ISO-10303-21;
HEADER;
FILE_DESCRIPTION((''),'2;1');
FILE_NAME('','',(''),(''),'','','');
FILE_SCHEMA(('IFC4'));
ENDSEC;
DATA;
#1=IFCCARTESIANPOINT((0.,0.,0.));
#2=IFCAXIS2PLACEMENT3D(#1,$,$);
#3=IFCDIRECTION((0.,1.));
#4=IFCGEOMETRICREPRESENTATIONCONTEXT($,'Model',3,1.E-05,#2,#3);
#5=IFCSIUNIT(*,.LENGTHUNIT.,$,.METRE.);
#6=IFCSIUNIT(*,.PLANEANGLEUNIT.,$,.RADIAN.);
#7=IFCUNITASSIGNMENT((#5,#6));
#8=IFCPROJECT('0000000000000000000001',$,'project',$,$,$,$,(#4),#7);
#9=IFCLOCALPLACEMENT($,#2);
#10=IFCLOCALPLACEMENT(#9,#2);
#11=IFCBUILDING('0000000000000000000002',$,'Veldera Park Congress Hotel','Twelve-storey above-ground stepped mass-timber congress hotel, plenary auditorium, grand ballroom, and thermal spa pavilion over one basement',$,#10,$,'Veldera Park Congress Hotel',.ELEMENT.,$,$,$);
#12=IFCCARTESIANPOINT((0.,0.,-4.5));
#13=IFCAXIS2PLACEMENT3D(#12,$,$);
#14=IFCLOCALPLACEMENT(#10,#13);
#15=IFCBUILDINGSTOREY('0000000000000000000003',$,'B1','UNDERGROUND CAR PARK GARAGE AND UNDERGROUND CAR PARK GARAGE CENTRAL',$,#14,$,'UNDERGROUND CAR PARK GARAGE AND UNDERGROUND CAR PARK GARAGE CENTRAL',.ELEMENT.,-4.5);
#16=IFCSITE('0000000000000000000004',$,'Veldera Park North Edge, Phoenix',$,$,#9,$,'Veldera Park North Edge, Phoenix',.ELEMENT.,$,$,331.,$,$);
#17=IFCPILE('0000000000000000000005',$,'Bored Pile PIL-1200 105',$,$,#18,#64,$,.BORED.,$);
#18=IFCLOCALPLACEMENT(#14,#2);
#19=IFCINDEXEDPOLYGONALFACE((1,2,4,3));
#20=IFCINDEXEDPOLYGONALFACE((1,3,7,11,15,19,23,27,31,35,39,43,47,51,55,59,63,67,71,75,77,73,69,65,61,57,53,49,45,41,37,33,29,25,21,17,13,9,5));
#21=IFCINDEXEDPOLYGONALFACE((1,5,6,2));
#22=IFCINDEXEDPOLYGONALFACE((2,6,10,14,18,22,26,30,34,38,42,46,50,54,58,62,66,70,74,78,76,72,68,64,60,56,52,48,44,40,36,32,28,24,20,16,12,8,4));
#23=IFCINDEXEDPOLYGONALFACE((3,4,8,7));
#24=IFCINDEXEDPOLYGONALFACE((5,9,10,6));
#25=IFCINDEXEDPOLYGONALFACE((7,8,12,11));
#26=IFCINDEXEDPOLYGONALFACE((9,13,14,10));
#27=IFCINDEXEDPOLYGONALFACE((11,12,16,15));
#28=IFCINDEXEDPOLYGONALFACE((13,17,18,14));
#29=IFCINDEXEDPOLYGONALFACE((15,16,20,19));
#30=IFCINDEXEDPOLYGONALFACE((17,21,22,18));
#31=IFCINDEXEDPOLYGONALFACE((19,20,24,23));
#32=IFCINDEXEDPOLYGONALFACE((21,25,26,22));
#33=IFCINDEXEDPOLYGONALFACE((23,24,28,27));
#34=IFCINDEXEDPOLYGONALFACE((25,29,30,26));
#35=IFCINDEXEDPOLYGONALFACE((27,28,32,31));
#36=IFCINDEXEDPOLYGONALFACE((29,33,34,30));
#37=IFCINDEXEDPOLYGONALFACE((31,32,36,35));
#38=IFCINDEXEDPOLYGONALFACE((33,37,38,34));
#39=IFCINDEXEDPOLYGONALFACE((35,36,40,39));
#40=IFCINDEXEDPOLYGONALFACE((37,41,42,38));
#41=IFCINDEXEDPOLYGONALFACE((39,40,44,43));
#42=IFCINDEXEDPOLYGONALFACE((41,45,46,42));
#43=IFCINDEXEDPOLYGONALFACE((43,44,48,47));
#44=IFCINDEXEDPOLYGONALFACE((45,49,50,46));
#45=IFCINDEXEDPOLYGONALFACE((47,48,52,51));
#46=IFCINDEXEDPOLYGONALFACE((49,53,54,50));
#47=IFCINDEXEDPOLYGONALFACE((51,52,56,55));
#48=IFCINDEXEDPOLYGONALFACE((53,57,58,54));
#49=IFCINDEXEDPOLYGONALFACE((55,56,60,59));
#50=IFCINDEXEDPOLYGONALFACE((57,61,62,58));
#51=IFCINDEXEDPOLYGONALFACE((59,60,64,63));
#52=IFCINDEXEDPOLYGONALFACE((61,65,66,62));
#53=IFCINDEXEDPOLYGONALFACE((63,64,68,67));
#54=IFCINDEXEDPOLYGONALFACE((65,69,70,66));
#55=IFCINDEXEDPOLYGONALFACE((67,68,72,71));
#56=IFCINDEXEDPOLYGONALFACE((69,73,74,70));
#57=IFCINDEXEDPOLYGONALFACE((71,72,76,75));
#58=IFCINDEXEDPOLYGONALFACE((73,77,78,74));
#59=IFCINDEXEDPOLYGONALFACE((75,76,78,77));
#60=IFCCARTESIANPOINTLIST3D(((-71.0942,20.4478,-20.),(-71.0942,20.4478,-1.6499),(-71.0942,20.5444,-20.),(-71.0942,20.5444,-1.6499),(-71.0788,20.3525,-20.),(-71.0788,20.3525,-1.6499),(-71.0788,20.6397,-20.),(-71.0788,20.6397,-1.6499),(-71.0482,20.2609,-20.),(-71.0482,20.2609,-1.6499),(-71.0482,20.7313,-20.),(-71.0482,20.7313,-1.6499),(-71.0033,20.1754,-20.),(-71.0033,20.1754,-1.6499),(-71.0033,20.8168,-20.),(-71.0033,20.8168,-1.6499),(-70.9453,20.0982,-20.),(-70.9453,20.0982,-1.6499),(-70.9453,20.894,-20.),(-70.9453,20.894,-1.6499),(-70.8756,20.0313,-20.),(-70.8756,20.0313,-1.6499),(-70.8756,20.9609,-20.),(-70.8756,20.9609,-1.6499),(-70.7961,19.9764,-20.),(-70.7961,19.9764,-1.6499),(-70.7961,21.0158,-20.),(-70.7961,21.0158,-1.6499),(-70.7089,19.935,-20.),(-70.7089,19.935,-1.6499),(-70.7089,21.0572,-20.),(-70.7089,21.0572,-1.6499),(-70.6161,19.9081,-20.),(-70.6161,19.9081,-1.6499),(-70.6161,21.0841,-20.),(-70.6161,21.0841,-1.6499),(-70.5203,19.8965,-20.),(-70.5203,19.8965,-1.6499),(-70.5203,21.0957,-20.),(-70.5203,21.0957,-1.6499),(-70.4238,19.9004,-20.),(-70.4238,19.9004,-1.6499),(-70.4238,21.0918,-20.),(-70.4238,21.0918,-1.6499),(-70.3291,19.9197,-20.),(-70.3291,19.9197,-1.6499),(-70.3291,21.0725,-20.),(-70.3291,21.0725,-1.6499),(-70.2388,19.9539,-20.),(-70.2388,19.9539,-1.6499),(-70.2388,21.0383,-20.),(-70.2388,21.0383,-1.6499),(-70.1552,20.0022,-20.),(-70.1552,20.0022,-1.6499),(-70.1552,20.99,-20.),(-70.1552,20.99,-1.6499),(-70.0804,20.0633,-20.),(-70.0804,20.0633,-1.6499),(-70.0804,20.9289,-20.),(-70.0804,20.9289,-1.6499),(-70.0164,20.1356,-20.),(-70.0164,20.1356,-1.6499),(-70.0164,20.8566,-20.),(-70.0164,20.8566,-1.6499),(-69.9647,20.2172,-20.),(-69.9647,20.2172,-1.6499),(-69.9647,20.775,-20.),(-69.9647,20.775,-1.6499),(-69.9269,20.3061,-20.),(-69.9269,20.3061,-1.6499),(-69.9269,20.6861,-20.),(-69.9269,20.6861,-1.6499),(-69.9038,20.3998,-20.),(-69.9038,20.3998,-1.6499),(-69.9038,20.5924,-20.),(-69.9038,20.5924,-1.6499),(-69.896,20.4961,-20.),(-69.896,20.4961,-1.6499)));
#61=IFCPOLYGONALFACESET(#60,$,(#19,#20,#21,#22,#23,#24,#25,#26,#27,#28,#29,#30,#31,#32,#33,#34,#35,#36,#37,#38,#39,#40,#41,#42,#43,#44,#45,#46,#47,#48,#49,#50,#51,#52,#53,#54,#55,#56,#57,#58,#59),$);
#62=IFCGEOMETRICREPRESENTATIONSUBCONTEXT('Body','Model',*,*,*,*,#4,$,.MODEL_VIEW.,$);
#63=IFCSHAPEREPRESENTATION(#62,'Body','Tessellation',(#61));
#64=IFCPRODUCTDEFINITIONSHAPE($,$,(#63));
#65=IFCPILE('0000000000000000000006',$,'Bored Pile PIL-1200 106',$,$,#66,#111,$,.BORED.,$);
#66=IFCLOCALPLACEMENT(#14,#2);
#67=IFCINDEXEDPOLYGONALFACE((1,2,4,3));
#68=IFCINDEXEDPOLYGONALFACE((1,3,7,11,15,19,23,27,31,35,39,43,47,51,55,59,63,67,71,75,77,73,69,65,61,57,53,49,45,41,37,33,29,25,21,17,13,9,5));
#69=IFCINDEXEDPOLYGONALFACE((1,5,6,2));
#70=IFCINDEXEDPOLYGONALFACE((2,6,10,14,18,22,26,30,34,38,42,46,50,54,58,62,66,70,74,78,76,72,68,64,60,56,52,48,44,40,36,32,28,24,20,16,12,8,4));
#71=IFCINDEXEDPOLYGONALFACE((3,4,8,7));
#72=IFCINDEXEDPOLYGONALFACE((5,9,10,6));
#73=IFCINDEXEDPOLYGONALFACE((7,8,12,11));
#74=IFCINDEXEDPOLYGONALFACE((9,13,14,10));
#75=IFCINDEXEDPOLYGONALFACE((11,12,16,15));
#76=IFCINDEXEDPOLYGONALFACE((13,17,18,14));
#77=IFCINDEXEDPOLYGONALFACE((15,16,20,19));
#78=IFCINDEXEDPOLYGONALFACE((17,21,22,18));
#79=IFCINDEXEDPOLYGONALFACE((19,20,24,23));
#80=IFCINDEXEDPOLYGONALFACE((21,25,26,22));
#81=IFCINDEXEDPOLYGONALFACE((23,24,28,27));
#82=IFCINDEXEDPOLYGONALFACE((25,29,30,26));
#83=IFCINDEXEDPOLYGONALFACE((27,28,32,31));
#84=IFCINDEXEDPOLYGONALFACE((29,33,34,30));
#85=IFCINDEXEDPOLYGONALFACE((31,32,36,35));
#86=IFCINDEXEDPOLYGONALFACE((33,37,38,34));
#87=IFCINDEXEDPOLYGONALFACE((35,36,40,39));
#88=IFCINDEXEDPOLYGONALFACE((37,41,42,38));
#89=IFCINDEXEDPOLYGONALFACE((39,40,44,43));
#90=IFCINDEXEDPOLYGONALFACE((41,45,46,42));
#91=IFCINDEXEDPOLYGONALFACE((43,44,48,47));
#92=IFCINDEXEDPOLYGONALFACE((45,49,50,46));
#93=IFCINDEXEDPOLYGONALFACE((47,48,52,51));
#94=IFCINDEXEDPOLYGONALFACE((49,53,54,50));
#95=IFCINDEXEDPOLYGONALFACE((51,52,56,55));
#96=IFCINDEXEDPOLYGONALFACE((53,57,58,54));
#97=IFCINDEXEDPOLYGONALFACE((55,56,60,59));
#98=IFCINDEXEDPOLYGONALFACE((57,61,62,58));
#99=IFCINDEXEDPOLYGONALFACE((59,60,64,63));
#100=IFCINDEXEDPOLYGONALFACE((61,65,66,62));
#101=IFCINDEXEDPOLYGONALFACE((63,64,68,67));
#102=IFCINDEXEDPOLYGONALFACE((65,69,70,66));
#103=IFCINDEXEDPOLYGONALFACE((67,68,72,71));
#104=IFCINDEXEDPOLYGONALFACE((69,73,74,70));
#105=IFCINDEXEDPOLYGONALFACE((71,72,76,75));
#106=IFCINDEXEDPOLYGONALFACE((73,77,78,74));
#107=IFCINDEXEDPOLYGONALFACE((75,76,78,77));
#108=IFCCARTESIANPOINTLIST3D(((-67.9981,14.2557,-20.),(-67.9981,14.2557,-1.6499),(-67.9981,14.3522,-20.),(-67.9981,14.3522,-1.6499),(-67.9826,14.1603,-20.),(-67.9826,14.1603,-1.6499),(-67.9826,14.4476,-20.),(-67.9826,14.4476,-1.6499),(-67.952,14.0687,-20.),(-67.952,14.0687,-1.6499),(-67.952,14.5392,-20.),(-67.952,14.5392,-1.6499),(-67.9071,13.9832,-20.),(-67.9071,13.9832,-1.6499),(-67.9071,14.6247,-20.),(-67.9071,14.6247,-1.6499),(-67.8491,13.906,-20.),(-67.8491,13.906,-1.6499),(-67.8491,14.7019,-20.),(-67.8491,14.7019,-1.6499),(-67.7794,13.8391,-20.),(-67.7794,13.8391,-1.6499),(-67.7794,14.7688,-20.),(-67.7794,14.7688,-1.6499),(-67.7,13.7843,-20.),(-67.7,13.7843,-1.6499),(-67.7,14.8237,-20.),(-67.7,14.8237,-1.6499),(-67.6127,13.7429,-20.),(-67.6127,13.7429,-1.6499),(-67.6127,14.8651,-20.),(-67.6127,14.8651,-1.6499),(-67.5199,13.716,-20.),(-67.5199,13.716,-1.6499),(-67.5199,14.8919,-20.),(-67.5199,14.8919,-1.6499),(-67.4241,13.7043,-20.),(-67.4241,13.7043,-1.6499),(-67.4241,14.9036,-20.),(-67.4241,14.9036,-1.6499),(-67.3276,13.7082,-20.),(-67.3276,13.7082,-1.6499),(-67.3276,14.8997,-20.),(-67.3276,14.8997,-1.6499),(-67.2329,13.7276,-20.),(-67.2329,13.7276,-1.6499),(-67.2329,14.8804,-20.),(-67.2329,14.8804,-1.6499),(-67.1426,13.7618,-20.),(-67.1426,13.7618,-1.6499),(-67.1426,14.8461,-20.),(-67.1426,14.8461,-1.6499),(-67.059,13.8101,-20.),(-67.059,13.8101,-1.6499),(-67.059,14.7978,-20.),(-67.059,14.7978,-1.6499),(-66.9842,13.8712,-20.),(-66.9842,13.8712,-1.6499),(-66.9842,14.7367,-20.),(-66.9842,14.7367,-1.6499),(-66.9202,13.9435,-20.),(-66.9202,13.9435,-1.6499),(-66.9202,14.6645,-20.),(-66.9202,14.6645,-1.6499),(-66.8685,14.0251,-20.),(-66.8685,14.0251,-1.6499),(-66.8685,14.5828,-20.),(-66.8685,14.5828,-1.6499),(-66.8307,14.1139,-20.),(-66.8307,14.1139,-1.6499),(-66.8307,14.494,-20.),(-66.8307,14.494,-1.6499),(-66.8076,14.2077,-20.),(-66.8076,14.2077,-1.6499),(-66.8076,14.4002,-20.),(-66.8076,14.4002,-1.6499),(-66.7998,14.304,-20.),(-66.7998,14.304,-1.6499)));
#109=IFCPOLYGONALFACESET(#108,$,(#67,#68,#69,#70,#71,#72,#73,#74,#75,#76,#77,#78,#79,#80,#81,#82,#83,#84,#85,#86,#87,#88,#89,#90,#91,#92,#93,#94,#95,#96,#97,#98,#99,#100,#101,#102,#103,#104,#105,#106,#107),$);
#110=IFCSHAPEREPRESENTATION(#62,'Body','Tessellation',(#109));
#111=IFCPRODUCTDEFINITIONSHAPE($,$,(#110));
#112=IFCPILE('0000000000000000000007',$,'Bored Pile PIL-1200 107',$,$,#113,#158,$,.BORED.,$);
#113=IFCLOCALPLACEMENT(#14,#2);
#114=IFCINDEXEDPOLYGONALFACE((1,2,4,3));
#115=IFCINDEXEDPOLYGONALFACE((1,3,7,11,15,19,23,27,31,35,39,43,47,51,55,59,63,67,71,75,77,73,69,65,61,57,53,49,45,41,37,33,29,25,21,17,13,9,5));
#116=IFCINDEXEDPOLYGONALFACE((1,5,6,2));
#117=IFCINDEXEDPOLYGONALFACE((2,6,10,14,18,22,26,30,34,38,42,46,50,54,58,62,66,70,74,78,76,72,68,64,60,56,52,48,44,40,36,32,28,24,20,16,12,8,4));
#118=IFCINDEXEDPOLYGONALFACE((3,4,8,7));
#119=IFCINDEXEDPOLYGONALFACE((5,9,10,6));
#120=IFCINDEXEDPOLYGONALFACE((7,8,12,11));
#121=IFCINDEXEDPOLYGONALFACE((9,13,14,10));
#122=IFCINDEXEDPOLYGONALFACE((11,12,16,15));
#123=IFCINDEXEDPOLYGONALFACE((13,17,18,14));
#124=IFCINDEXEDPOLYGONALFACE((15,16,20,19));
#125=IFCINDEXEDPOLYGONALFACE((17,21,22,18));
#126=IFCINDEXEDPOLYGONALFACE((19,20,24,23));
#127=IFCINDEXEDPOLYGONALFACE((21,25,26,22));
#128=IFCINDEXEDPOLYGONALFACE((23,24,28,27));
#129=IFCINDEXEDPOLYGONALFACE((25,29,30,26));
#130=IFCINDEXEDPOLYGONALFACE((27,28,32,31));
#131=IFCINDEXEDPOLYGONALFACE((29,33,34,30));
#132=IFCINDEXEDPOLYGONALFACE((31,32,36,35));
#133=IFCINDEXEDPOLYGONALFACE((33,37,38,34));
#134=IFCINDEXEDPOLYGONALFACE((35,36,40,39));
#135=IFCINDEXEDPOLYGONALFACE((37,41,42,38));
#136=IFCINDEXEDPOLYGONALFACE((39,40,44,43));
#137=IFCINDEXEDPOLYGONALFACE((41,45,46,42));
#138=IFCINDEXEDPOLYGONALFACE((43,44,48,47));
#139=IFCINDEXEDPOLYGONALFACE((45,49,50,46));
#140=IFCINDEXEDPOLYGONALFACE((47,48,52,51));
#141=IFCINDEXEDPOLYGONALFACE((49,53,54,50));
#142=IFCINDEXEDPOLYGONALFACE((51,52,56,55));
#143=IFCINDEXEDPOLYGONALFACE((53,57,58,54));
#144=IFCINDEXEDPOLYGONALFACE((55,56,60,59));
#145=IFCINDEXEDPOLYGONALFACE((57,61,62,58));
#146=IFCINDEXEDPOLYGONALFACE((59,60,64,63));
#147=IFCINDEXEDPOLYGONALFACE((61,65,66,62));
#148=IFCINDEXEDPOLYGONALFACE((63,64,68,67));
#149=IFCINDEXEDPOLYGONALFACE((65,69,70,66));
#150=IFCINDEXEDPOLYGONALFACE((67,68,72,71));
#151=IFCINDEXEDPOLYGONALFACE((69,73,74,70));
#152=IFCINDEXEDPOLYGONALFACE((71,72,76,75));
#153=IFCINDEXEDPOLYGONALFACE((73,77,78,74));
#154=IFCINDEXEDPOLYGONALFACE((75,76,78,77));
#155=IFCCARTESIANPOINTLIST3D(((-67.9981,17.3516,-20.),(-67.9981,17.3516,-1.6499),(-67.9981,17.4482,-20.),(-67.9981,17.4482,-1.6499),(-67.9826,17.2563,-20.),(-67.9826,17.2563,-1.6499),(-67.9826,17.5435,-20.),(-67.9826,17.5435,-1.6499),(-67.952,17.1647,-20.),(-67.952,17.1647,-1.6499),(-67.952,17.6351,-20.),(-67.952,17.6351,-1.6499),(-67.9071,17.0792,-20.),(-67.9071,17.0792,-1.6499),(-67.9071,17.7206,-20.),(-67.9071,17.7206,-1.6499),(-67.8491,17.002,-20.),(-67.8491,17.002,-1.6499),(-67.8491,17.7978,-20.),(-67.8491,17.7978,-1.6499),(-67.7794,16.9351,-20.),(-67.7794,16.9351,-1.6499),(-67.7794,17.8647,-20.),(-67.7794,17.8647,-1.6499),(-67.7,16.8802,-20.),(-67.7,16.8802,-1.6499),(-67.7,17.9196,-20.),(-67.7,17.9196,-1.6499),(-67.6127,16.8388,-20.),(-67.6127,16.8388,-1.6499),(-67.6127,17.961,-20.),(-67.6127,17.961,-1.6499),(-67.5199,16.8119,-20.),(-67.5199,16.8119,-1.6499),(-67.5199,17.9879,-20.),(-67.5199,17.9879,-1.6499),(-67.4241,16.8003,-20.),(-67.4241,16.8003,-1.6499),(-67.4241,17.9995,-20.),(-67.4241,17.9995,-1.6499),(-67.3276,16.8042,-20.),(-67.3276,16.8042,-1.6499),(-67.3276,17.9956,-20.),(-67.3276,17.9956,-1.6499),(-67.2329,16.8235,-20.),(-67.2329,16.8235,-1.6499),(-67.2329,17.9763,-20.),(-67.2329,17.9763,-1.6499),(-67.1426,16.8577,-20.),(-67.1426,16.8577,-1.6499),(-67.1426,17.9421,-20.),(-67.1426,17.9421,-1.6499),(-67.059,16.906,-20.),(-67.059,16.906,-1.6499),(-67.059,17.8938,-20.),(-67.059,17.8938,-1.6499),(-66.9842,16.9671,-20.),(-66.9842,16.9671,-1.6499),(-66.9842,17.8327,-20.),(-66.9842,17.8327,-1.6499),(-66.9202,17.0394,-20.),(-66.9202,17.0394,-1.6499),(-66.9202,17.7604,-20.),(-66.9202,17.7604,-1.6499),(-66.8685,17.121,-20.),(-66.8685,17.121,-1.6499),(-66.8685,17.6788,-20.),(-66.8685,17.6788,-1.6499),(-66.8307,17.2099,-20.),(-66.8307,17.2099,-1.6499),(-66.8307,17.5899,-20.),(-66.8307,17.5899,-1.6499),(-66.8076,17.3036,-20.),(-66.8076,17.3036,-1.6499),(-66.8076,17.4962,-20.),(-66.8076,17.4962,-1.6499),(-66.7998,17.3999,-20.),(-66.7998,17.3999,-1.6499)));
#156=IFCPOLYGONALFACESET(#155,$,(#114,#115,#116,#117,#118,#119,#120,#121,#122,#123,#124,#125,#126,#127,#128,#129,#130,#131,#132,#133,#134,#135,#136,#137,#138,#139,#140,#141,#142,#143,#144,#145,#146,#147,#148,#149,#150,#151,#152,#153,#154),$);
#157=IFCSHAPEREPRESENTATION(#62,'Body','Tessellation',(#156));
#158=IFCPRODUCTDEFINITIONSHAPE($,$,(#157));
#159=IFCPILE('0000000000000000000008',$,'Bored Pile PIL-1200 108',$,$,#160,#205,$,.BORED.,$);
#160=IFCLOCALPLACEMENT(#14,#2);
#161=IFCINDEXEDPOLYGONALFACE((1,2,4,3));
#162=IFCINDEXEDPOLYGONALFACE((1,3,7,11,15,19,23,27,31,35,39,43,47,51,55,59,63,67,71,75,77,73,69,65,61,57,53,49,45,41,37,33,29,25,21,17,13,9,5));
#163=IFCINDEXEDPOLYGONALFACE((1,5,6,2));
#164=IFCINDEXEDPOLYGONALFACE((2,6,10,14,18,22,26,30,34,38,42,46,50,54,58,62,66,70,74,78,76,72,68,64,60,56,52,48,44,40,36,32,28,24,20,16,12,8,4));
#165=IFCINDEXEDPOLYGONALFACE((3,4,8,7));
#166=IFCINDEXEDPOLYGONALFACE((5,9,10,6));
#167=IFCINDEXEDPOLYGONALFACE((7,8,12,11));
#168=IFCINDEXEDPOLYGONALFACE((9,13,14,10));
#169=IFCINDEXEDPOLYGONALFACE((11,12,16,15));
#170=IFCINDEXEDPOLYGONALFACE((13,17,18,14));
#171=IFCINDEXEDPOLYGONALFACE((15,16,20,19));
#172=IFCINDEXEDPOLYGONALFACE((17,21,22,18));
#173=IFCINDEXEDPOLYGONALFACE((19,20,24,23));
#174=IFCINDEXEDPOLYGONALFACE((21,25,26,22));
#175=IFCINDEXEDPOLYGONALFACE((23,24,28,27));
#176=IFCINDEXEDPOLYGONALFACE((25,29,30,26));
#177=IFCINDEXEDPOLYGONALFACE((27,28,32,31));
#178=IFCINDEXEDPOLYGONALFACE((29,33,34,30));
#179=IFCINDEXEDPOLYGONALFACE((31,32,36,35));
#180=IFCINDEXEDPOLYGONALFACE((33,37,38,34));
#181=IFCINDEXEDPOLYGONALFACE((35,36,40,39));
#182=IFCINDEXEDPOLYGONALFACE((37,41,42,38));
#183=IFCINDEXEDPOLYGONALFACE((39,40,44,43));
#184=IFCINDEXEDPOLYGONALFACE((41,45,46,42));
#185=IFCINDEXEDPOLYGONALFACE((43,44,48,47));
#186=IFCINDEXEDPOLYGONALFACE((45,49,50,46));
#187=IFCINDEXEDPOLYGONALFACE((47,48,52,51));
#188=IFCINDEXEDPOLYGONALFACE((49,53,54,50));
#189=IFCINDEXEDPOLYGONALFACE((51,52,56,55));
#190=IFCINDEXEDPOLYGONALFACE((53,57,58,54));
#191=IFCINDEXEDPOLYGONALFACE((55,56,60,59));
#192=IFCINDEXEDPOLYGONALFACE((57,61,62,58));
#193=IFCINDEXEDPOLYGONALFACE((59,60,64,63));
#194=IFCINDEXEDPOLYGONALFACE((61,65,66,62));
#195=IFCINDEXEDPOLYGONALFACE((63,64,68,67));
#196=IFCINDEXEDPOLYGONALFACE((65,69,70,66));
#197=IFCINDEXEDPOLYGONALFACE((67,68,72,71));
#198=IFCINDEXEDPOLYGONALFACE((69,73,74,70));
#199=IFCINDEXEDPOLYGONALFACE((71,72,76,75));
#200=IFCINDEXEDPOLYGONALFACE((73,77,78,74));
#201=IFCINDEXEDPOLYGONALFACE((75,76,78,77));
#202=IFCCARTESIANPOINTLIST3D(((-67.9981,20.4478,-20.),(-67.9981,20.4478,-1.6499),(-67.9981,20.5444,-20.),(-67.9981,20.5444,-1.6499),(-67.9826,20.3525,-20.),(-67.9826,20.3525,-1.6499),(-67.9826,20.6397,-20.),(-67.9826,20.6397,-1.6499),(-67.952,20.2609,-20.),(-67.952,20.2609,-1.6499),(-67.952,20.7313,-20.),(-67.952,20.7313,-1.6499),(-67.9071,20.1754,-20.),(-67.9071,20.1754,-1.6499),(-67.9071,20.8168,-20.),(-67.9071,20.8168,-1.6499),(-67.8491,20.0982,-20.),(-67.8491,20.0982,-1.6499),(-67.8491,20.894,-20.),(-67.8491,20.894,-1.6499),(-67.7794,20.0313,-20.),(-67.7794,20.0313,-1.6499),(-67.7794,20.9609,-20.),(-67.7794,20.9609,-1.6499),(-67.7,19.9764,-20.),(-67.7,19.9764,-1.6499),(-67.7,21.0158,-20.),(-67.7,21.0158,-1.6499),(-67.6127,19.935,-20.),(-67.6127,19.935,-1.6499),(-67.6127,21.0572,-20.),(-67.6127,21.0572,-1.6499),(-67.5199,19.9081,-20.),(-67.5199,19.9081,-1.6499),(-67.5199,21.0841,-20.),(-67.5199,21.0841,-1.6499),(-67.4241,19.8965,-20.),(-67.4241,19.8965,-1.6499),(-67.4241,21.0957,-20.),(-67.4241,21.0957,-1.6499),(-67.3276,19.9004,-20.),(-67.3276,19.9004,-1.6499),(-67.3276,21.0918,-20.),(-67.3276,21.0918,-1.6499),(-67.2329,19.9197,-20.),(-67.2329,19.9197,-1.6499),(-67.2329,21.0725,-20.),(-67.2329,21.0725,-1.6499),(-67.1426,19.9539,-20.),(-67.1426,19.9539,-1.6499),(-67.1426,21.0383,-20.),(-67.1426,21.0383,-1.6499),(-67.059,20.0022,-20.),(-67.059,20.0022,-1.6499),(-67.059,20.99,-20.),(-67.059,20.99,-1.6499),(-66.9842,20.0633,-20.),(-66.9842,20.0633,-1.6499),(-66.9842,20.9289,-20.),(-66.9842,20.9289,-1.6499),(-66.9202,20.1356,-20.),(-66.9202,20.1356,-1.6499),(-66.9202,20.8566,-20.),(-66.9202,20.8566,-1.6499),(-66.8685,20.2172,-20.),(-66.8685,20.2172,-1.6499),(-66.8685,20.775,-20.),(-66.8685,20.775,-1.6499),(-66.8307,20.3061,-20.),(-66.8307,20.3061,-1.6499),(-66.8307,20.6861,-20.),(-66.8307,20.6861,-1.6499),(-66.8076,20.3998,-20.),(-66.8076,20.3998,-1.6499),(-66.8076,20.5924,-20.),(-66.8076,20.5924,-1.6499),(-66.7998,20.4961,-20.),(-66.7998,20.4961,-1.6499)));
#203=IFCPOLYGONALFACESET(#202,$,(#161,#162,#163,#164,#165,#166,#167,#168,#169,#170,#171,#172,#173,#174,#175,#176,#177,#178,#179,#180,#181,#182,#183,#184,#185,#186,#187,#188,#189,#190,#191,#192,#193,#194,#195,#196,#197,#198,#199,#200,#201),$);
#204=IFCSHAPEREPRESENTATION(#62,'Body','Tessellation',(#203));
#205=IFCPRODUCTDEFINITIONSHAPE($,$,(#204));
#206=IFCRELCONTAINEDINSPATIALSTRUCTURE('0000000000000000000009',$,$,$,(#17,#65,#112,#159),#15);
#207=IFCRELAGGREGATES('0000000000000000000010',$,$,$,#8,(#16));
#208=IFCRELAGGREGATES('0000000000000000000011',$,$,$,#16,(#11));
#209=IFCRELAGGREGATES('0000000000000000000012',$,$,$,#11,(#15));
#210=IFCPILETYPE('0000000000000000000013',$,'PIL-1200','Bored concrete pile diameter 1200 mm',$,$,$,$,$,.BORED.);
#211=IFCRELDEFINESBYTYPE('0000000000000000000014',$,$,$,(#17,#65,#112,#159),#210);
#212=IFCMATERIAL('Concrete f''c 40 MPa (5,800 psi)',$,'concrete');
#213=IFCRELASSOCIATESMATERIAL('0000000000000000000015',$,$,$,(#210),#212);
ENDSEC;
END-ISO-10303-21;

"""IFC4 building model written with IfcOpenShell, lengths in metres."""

from ifc_helpers import new_model, si_unit, direction, frame, origin, origin_2d, place, context, subcontext, project, spatial, circle, extrude, material, material_profile, profile_set, type_object, element, save


model = new_model("IFC4")

# Units and contexts
model_context = context("Model", 3, precision=1e-05, world=origin(), true_north=direction((0.0, 1.0)))
body_context = subcontext(model_context, "Body", "Model", "MODEL_VIEW")
ifc_project = project(units=[si_unit("LENGTHUNIT", "METRE"), si_unit("PLANEANGLEUNIT", "RADIAN")], contexts=[model_context])

# Site, building, storey
site_placement = place(None, origin())
site = spatial("IfcSite", under=ifc_project, at=site_placement, Name="Veldera Park North Edge, Phoenix", LongName="Veldera Park North Edge, Phoenix", CompositionType="ELEMENT", RefElevation=331.0)
building_placement = place(site_placement, origin())
building = spatial("IfcBuilding", under=site, at=building_placement, Name="Veldera Park Congress Hotel", Description="Twelve-storey above-ground stepped mass-timber congress hotel, plenary auditorium, grand ballroom, and thermal spa pavilion over one basement", LongName="Veldera Park Congress Hotel", CompositionType="ELEMENT")
storey_placement = place(building_placement, frame((0.0, 0.0, -4.5)))
storey = spatial("IfcBuildingStorey", under=building, at=storey_placement, Name="B1", Description="UNDERGROUND CAR PARK GARAGE AND UNDERGROUND CAR PARK GARAGE CENTRAL", LongName="UNDERGROUND CAR PARK GARAGE AND UNDERGROUND CAR PARK GARAGE CENTRAL", CompositionType="ELEMENT", Elevation=-4.5)

# Shared definitions
ifc_material_1 = material(Name="Concrete f'c 40 MPa (5,800 psi)", Category="concrete")

# Piles
ifc_material_profile_1 = material_profile(ifc_material_1, circle(Radius=0.6001, at=origin_2d()), Name="PILE D1200")
ifc_profile_set_1 = profile_set([ifc_material_profile_1], Name="Concrete f'c 40 MPa (5,800 psi)")
pile_type = type_object("IfcPileType", Name="PIL-1200", Description="Bored concrete pile diameter 1200 mm", PredefinedType="BORED", material=ifc_profile_set_1)
for number, where, z_axis, x_axis, name in (
    (1, (-70.4961, 20.4961, -1.6499), (0.0, 0.0, -1.0), (1.0, 0.0, 0.0), "Bored Pile PIL-1200 105"),
    (2, (-67.3999, 14.304, -1.6499), (0.0, 0.0, -1.0), (1.0, 0.0, 0.0), "Bored Pile PIL-1200 106"),
    (3, (-67.3999, 17.3999, -1.6499), (0.0, 0.0, -1.0), (1.0, 0.0, 0.0), "Bored Pile PIL-1200 107"),
    (4, (-67.3999, 20.4961, -1.6499), (0.0, 0.0, -1.0), (1.0, 0.0, 0.0), "Bored Pile PIL-1200 108"),
):
    element("IfcPile", number, at=place(storey_placement, frame(where, z_axis=z_axis, x_axis=x_axis)), inside=storey, type_object=pile_type, Name=name, PredefinedType="BORED", context=body_context, shape_type="SweptSolid", body=[
        extrude(circle(Radius=0.6001, at=origin_2d()), origin(), (0.0, 0.0, 1.0), 18.3501),
    ])

save(model, "model.ifc")
